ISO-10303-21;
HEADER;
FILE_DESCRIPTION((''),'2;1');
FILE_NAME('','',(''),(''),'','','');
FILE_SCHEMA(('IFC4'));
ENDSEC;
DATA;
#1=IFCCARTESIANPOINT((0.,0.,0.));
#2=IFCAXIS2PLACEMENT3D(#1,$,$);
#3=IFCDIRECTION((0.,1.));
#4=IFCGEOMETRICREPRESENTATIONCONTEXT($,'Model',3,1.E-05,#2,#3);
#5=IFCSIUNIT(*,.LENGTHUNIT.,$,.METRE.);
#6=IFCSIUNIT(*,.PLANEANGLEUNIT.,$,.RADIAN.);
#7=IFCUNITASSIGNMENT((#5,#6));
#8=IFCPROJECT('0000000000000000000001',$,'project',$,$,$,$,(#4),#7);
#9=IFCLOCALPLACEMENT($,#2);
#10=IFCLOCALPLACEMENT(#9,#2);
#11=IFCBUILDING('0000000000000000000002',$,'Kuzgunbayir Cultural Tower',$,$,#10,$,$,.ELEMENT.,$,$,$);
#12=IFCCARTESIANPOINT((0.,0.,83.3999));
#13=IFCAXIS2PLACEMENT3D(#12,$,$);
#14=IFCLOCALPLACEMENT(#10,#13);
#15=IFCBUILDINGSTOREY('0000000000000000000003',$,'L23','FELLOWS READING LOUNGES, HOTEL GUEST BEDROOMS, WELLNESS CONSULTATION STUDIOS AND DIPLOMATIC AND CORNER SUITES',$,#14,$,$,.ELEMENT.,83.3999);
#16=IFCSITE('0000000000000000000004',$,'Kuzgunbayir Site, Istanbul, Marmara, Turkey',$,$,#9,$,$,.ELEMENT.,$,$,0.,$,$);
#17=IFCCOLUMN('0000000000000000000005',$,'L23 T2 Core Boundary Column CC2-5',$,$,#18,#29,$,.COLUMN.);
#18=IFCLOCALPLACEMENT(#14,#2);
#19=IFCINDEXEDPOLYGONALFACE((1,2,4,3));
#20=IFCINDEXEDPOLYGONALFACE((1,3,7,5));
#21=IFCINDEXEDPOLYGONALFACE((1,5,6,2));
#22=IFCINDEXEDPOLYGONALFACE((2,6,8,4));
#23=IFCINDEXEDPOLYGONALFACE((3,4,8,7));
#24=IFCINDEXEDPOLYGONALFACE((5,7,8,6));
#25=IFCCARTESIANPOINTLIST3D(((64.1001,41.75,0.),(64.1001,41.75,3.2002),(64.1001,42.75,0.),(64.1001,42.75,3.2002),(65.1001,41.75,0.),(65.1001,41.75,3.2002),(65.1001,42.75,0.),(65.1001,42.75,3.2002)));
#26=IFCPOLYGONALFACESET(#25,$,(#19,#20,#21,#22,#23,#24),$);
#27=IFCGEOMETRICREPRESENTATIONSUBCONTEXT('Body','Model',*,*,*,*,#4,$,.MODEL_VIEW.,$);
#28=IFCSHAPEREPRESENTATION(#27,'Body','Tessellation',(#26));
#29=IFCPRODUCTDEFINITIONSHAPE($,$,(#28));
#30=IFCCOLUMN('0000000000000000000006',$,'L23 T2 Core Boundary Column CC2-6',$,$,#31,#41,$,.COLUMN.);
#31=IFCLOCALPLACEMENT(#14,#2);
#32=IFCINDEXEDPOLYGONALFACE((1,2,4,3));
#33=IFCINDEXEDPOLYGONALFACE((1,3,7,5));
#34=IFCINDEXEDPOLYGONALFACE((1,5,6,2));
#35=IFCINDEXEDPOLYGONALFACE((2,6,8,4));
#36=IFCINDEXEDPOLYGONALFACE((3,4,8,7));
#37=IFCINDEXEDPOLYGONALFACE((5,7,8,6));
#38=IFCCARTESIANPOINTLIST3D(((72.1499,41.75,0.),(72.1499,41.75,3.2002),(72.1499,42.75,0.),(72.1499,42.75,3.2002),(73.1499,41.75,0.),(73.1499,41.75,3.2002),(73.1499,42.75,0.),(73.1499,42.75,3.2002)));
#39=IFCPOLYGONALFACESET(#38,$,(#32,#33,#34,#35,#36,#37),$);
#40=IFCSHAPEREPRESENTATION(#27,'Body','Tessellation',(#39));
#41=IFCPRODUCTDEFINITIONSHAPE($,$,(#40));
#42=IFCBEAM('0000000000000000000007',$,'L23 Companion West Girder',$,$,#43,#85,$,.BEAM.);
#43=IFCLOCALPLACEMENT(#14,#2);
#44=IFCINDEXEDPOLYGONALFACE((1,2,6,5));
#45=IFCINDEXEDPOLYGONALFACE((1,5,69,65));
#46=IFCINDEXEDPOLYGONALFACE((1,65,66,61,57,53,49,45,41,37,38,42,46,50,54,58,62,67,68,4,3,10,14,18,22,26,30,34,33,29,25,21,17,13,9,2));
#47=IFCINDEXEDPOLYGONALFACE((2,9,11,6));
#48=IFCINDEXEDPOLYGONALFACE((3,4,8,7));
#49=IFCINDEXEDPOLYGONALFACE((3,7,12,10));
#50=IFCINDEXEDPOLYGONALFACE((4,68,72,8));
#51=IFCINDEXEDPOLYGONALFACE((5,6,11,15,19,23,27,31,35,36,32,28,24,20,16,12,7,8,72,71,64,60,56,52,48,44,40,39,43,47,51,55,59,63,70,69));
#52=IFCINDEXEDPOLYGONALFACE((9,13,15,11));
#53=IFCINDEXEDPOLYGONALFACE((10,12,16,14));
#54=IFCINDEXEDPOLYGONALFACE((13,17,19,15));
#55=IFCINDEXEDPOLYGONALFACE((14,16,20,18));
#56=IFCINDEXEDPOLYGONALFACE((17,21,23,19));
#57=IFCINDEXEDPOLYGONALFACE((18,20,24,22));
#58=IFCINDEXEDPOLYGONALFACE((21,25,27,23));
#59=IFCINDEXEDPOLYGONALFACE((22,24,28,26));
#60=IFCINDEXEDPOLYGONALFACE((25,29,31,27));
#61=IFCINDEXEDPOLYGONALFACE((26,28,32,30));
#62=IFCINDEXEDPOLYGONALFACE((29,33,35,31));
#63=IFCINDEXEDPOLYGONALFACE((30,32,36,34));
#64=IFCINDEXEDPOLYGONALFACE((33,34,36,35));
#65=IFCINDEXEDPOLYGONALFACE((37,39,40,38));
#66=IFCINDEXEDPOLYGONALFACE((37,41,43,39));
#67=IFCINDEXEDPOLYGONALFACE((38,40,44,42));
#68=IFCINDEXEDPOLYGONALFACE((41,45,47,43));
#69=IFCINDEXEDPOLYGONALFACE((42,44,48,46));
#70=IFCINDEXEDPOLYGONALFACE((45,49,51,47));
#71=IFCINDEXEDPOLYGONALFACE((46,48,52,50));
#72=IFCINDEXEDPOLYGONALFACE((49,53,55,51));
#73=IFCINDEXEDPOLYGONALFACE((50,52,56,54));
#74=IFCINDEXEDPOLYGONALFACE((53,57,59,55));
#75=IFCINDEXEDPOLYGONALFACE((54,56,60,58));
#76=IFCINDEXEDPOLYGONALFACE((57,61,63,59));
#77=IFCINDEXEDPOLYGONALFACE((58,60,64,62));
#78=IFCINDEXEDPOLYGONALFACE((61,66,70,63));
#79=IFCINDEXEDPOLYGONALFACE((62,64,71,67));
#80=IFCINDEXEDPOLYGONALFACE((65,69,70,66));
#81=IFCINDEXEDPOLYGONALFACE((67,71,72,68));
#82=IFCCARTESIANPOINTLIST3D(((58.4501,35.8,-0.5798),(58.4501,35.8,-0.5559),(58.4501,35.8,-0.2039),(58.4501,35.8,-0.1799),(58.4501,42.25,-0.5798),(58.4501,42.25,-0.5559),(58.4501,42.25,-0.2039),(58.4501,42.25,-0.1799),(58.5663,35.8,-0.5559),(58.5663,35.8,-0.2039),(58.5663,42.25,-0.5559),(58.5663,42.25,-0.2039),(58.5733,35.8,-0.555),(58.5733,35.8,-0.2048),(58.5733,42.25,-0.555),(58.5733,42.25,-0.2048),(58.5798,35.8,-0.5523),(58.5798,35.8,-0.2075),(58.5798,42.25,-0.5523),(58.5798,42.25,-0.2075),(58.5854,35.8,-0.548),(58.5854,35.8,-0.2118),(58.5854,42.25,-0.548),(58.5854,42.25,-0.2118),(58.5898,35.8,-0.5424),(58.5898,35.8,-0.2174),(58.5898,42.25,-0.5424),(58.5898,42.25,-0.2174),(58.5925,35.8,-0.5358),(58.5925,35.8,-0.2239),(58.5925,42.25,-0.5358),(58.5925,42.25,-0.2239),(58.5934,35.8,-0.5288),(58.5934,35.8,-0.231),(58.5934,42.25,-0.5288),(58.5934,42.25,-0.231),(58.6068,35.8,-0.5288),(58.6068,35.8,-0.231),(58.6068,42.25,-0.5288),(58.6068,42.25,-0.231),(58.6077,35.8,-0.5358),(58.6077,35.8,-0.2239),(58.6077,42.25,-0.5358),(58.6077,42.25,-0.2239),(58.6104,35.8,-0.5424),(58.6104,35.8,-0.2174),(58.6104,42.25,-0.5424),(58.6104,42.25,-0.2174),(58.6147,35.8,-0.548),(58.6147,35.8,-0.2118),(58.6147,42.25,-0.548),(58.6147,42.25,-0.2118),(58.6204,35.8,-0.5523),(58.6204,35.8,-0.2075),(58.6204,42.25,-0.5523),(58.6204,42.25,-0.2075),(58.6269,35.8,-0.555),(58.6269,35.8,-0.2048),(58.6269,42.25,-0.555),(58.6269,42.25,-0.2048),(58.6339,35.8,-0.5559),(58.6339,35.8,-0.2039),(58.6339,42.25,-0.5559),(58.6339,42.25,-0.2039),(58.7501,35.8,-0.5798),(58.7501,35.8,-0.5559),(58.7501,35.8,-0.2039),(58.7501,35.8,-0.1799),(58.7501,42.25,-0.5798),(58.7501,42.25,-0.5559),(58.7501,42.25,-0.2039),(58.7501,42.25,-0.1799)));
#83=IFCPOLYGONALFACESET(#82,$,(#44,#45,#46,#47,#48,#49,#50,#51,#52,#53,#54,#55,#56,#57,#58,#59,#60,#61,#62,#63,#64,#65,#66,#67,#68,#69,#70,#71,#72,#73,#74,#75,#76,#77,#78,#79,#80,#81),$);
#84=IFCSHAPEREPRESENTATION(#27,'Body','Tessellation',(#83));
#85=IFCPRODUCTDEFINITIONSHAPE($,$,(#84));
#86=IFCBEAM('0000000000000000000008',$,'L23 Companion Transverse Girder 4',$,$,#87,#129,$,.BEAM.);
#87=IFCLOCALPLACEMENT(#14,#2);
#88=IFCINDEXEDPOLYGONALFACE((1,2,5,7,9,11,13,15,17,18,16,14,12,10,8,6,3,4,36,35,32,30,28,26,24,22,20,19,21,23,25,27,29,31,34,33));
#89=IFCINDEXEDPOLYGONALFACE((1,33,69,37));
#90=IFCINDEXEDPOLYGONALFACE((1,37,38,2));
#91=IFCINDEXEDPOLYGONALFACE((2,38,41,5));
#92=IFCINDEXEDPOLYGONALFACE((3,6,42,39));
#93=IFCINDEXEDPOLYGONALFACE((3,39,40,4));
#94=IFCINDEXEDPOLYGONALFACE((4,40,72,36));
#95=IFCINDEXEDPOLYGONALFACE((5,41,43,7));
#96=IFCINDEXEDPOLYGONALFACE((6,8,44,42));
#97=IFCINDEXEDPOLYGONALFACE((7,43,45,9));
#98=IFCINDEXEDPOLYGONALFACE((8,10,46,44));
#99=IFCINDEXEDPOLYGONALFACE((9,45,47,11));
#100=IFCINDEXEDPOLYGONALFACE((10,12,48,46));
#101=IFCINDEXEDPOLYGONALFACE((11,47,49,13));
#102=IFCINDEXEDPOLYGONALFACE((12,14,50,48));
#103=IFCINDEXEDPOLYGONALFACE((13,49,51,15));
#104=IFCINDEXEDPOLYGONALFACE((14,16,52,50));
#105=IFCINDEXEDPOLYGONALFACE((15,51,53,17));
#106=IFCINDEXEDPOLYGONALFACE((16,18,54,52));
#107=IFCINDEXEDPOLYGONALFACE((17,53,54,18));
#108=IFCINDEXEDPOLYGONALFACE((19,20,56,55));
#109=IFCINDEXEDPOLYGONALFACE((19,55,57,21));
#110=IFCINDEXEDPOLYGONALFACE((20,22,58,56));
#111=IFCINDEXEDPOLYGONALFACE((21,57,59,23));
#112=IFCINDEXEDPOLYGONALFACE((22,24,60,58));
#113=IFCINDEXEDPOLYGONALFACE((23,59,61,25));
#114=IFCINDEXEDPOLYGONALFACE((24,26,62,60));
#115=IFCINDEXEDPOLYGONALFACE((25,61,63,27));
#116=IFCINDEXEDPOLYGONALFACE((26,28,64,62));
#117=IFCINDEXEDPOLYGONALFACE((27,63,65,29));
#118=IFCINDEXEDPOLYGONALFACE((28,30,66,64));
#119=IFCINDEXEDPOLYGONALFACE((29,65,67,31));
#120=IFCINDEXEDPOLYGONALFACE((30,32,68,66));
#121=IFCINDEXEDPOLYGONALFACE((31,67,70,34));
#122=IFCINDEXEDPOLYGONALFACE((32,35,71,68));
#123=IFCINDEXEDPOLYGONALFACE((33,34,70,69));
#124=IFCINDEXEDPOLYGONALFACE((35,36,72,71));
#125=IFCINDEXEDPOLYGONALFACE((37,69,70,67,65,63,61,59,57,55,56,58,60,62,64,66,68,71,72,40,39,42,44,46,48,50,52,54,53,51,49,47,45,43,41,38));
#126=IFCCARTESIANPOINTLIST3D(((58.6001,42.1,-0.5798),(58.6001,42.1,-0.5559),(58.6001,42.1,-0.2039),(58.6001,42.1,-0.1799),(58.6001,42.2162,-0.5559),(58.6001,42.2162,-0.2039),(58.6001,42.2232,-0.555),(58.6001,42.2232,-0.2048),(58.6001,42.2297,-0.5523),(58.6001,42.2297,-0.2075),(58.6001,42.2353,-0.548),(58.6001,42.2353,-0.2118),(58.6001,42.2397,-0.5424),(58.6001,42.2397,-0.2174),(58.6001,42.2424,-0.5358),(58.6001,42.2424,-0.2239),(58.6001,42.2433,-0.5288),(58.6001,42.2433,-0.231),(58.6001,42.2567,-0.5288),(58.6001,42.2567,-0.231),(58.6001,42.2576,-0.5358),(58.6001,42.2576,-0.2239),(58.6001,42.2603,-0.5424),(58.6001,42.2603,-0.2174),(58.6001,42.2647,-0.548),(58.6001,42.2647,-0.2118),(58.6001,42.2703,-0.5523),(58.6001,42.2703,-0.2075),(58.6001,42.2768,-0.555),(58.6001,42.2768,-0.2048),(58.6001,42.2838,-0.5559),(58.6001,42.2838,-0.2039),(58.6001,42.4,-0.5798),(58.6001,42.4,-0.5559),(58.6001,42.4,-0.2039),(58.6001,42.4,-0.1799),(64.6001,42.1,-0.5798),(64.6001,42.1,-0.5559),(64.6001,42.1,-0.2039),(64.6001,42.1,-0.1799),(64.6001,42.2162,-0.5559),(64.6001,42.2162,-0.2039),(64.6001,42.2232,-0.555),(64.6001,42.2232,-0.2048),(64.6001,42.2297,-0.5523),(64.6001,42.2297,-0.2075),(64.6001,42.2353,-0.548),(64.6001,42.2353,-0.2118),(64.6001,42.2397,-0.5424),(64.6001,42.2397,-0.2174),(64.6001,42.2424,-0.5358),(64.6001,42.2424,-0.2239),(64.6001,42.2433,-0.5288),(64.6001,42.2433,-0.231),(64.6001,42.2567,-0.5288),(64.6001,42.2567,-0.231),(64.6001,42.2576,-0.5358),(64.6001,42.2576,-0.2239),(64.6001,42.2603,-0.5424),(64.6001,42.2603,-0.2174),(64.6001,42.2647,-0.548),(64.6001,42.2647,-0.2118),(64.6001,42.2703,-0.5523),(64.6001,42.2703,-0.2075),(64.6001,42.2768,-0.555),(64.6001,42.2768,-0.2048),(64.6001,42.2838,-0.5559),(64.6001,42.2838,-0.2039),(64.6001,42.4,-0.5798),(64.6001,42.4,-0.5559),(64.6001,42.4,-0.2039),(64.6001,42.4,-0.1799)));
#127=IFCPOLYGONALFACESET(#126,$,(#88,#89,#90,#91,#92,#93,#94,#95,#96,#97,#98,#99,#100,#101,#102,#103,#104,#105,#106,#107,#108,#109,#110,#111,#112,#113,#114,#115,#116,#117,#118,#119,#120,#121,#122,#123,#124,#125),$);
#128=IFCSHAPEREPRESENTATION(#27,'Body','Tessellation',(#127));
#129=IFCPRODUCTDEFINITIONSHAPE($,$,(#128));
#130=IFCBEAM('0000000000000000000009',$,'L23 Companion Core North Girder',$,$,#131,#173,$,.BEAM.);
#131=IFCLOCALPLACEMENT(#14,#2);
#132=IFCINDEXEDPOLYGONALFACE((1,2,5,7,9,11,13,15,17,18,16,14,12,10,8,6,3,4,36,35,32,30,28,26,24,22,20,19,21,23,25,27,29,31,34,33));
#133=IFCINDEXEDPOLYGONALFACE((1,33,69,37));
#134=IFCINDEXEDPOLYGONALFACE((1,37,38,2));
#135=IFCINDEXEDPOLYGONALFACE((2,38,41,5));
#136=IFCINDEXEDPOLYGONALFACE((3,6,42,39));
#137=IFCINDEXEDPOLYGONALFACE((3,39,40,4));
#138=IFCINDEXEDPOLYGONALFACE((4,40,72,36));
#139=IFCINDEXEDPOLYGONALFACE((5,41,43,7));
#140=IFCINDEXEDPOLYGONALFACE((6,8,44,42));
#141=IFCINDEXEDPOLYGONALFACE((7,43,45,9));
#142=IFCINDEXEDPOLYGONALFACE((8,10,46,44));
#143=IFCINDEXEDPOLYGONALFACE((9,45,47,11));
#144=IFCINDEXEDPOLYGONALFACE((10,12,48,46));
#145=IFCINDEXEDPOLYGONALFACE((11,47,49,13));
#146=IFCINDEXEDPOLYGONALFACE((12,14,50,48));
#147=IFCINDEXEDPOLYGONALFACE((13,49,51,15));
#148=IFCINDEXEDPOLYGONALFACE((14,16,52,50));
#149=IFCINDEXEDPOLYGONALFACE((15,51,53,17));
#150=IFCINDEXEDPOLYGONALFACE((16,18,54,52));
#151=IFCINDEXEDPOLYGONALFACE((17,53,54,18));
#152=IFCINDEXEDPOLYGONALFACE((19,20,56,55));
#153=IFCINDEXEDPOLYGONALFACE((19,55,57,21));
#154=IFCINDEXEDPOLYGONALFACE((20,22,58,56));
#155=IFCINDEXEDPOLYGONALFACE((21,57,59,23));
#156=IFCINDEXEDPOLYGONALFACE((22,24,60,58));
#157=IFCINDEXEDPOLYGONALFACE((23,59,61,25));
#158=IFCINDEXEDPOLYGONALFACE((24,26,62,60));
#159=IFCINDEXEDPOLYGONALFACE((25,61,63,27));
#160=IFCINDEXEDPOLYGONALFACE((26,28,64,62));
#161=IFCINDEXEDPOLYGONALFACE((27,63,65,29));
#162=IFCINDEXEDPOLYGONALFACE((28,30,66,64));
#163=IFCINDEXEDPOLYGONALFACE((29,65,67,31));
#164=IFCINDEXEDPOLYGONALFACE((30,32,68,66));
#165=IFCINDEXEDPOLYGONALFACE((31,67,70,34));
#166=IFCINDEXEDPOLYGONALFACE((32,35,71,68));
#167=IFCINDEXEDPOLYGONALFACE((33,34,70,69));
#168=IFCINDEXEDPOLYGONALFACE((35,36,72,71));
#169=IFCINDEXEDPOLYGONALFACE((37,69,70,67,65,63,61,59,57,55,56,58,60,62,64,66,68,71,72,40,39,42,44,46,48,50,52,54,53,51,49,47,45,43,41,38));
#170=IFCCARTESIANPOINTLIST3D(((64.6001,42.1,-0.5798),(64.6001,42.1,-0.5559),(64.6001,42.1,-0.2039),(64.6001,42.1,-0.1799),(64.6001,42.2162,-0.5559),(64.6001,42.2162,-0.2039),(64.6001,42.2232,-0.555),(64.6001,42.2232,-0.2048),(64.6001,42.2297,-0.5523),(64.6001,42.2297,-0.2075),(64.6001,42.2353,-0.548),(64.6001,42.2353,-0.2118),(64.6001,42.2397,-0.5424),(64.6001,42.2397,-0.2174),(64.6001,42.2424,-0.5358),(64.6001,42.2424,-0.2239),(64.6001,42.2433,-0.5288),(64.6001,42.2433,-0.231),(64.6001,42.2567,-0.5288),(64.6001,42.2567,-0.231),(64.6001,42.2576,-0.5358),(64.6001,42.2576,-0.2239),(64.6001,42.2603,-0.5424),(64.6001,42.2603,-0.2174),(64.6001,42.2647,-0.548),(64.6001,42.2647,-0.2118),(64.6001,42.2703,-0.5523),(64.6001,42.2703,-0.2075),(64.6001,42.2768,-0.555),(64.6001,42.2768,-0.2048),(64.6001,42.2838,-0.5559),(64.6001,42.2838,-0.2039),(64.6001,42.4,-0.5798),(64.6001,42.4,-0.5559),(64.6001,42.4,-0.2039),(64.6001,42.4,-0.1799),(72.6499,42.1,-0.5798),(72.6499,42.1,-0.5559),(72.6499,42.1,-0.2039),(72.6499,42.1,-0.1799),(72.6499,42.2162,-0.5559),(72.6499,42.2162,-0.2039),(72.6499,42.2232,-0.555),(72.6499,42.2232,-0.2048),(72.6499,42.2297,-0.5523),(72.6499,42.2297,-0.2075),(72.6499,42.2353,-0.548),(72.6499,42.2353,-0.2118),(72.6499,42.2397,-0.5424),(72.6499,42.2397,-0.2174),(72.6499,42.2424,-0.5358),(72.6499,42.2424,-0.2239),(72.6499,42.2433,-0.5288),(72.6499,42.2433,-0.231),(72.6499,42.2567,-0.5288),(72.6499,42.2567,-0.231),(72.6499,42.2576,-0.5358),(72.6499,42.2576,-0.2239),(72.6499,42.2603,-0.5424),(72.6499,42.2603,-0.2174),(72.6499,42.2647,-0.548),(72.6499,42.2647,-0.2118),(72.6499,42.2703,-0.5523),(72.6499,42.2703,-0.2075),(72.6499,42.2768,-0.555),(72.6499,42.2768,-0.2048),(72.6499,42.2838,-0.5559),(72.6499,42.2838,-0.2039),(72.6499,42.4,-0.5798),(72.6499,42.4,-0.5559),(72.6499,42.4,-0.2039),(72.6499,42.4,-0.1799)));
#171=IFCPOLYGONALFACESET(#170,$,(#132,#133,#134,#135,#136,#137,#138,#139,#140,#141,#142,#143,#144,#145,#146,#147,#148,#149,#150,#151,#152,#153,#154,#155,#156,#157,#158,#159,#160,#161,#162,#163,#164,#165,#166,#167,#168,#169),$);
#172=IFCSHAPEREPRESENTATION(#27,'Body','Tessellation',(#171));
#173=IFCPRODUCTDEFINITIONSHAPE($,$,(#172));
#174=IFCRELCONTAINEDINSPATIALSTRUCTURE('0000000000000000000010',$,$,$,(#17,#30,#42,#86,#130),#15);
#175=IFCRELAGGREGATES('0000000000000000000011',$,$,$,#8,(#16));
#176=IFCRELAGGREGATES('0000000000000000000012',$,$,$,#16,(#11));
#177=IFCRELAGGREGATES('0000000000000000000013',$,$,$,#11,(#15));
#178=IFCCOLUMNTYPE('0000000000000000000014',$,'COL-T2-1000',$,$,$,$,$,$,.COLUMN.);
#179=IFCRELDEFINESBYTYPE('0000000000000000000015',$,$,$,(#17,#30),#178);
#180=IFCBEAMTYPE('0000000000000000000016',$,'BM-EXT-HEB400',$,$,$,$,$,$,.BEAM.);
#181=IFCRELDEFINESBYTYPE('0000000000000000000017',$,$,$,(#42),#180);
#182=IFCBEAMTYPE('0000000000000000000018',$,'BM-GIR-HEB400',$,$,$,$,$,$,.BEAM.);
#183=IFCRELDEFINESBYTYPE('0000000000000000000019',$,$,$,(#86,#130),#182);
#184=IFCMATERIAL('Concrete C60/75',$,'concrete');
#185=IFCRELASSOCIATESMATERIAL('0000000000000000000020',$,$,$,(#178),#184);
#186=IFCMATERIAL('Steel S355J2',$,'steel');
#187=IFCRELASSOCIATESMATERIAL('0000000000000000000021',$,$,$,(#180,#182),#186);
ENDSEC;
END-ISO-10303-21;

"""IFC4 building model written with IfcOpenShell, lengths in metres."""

from ifc_helpers import new_model, si_unit, direction, frame, origin, origin_2d, place, context, subcontext, project, spatial, rectangle, i_section, extrude, material, material_profile, profile_set, type_object, element, save


model = new_model("IFC4")

# Units and contexts
model_context = context("Model", 3, precision=1e-05, world=origin(), true_north=direction((0.0, 1.0)))
body_context = subcontext(model_context, "Body", "Model", "MODEL_VIEW")
ifc_project = project(units=[si_unit("LENGTHUNIT", "METRE"), si_unit("PLANEANGLEUNIT", "RADIAN")], contexts=[model_context])

# Site, building, storey
site_placement = place(None, origin())
site = spatial("IfcSite", under=ifc_project, at=site_placement, Name="Kuzgunbayir Site, Istanbul, Marmara, Turkey", CompositionType="ELEMENT", RefElevation=0.0)
building_placement = place(site_placement, origin())
building = spatial("IfcBuilding", under=site, at=building_placement, Name="Kuzgunbayir Cultural Tower", CompositionType="ELEMENT")
storey_placement = place(building_placement, frame((0.0, 0.0, 83.3999)))
storey = spatial("IfcBuildingStorey", under=building, at=storey_placement, Name="L23", Description="FELLOWS READING LOUNGES, HOTEL GUEST BEDROOMS, WELLNESS CONSULTATION STUDIOS AND DIPLOMATIC AND CORNER SUITES", CompositionType="ELEMENT", Elevation=83.3999)

# Columns
ifc_material_1 = material(Name="Concrete C60/75", Category="concrete")
ifc_material_profile_1 = material_profile(ifc_material_1, rectangle(XDim=1.0, YDim=1.0, at=origin_2d()), Name="RC 1000x1000")
ifc_profile_set_1 = profile_set([ifc_material_profile_1], Name="Concrete C60/75")
column_type = type_object("IfcColumnType", Name="COL-T2-1000", PredefinedType="COLUMN", material=ifc_profile_set_1)
for number, where, z_axis, x_axis, name in (
    (1, (64.6001, 42.25, 0.0), (0.0, 0.0, 1.0), (1.0, 0.0, 0.0), "L23 T2 Core Boundary Column CC2-5"),
    (2, (72.6499, 42.25, 0.0), (0.0, 0.0, 1.0), (1.0, 0.0, 0.0), "L23 T2 Core Boundary Column CC2-6"),
):
    element("IfcColumn", number, at=place(storey_placement, frame(where, z_axis=z_axis, x_axis=x_axis)), inside=storey, type_object=column_type, Name=name, PredefinedType="COLUMN", context=body_context, shape_type="SweptSolid", body=[
        extrude(rectangle(XDim=1.0, YDim=1.0, at=origin_2d()), origin(), (0.0, 0.0, 1.0), 3.2002),
    ])

# Beams
ifc_material_2 = material(Name="Steel S355J2", Category="steel")
ifc_material_profile_2 = material_profile(ifc_material_2, i_section(OverallWidth=0.3, OverallDepth=0.3999, WebThickness=0.0134, FlangeThickness=0.0239, FilletRadius=0.0271, at=origin_2d()), Name="HEB 400")
ifc_profile_set_2 = profile_set([ifc_material_profile_2], Name="Steel S355J2")
beam_type_1 = type_object("IfcBeamType", Name="BM-EXT-HEB400", PredefinedType="BEAM", material=ifc_profile_set_2)
beam_1_placement = place(storey_placement, frame((58.6001, 35.8, -0.3799), z_axis=(0.0, 1.0, 0.0), x_axis=(-1.0, 0.0, 0.0)))
element("IfcBeam", 3, at=beam_1_placement, inside=storey, type_object=beam_type_1, Name="L23 Companion West Girder", PredefinedType="BEAM", context=body_context, shape_type="SweptSolid", body=[
    extrude(i_section(OverallWidth=0.3, OverallDepth=0.3999, WebThickness=0.0134, FlangeThickness=0.0239, FilletRadius=0.0271, at=origin_2d()), origin(), (0.0, 0.0, 1.0), 6.45),
])
ifc_material_profile_3 = material_profile(ifc_material_2, i_section(OverallWidth=0.3, OverallDepth=0.3999, WebThickness=0.0134, FlangeThickness=0.0239, FilletRadius=0.0271, at=origin_2d()), Name="HEB 400")
ifc_profile_set_3 = profile_set([ifc_material_profile_3], Name="Steel S355J2")
beam_type_2 = type_object("IfcBeamType", Name="BM-GIR-HEB400", PredefinedType="BEAM", material=ifc_profile_set_3)
beam_2_placement = place(storey_placement, frame((58.6001, 42.25, -0.3799), z_axis=(1.0, 0.0, 0.0), x_axis=(0.0, 1.0, 0.0)))
element("IfcBeam", 4, at=beam_2_placement, inside=storey, type_object=beam_type_2, Name="L23 Companion Transverse Girder 4", PredefinedType="BEAM", context=body_context, shape_type="SweptSolid", body=[
    extrude(i_section(OverallWidth=0.3, OverallDepth=0.3999, WebThickness=0.0134, FlangeThickness=0.0239, FilletRadius=0.0271, at=origin_2d()), origin(), (0.0, 0.0, 1.0), 6.0),
])
beam_3_placement = place(storey_placement, frame((64.6001, 42.25, -0.3799), z_axis=(1.0, 0.0, 0.0), x_axis=(0.0, 1.0, 0.0)))
element("IfcBeam", 5, at=beam_3_placement, inside=storey, type_object=beam_type_2, Name="L23 Companion Core North Girder", PredefinedType="BEAM", context=body_context, shape_type="SweptSolid", body=[
    extrude(i_section(OverallWidth=0.3, OverallDepth=0.3999, WebThickness=0.0134, FlangeThickness=0.0239, FilletRadius=0.0271, at=origin_2d()), origin(), (0.0, 0.0, 1.0), 8.0498),
])

save(model, "model.ifc")
